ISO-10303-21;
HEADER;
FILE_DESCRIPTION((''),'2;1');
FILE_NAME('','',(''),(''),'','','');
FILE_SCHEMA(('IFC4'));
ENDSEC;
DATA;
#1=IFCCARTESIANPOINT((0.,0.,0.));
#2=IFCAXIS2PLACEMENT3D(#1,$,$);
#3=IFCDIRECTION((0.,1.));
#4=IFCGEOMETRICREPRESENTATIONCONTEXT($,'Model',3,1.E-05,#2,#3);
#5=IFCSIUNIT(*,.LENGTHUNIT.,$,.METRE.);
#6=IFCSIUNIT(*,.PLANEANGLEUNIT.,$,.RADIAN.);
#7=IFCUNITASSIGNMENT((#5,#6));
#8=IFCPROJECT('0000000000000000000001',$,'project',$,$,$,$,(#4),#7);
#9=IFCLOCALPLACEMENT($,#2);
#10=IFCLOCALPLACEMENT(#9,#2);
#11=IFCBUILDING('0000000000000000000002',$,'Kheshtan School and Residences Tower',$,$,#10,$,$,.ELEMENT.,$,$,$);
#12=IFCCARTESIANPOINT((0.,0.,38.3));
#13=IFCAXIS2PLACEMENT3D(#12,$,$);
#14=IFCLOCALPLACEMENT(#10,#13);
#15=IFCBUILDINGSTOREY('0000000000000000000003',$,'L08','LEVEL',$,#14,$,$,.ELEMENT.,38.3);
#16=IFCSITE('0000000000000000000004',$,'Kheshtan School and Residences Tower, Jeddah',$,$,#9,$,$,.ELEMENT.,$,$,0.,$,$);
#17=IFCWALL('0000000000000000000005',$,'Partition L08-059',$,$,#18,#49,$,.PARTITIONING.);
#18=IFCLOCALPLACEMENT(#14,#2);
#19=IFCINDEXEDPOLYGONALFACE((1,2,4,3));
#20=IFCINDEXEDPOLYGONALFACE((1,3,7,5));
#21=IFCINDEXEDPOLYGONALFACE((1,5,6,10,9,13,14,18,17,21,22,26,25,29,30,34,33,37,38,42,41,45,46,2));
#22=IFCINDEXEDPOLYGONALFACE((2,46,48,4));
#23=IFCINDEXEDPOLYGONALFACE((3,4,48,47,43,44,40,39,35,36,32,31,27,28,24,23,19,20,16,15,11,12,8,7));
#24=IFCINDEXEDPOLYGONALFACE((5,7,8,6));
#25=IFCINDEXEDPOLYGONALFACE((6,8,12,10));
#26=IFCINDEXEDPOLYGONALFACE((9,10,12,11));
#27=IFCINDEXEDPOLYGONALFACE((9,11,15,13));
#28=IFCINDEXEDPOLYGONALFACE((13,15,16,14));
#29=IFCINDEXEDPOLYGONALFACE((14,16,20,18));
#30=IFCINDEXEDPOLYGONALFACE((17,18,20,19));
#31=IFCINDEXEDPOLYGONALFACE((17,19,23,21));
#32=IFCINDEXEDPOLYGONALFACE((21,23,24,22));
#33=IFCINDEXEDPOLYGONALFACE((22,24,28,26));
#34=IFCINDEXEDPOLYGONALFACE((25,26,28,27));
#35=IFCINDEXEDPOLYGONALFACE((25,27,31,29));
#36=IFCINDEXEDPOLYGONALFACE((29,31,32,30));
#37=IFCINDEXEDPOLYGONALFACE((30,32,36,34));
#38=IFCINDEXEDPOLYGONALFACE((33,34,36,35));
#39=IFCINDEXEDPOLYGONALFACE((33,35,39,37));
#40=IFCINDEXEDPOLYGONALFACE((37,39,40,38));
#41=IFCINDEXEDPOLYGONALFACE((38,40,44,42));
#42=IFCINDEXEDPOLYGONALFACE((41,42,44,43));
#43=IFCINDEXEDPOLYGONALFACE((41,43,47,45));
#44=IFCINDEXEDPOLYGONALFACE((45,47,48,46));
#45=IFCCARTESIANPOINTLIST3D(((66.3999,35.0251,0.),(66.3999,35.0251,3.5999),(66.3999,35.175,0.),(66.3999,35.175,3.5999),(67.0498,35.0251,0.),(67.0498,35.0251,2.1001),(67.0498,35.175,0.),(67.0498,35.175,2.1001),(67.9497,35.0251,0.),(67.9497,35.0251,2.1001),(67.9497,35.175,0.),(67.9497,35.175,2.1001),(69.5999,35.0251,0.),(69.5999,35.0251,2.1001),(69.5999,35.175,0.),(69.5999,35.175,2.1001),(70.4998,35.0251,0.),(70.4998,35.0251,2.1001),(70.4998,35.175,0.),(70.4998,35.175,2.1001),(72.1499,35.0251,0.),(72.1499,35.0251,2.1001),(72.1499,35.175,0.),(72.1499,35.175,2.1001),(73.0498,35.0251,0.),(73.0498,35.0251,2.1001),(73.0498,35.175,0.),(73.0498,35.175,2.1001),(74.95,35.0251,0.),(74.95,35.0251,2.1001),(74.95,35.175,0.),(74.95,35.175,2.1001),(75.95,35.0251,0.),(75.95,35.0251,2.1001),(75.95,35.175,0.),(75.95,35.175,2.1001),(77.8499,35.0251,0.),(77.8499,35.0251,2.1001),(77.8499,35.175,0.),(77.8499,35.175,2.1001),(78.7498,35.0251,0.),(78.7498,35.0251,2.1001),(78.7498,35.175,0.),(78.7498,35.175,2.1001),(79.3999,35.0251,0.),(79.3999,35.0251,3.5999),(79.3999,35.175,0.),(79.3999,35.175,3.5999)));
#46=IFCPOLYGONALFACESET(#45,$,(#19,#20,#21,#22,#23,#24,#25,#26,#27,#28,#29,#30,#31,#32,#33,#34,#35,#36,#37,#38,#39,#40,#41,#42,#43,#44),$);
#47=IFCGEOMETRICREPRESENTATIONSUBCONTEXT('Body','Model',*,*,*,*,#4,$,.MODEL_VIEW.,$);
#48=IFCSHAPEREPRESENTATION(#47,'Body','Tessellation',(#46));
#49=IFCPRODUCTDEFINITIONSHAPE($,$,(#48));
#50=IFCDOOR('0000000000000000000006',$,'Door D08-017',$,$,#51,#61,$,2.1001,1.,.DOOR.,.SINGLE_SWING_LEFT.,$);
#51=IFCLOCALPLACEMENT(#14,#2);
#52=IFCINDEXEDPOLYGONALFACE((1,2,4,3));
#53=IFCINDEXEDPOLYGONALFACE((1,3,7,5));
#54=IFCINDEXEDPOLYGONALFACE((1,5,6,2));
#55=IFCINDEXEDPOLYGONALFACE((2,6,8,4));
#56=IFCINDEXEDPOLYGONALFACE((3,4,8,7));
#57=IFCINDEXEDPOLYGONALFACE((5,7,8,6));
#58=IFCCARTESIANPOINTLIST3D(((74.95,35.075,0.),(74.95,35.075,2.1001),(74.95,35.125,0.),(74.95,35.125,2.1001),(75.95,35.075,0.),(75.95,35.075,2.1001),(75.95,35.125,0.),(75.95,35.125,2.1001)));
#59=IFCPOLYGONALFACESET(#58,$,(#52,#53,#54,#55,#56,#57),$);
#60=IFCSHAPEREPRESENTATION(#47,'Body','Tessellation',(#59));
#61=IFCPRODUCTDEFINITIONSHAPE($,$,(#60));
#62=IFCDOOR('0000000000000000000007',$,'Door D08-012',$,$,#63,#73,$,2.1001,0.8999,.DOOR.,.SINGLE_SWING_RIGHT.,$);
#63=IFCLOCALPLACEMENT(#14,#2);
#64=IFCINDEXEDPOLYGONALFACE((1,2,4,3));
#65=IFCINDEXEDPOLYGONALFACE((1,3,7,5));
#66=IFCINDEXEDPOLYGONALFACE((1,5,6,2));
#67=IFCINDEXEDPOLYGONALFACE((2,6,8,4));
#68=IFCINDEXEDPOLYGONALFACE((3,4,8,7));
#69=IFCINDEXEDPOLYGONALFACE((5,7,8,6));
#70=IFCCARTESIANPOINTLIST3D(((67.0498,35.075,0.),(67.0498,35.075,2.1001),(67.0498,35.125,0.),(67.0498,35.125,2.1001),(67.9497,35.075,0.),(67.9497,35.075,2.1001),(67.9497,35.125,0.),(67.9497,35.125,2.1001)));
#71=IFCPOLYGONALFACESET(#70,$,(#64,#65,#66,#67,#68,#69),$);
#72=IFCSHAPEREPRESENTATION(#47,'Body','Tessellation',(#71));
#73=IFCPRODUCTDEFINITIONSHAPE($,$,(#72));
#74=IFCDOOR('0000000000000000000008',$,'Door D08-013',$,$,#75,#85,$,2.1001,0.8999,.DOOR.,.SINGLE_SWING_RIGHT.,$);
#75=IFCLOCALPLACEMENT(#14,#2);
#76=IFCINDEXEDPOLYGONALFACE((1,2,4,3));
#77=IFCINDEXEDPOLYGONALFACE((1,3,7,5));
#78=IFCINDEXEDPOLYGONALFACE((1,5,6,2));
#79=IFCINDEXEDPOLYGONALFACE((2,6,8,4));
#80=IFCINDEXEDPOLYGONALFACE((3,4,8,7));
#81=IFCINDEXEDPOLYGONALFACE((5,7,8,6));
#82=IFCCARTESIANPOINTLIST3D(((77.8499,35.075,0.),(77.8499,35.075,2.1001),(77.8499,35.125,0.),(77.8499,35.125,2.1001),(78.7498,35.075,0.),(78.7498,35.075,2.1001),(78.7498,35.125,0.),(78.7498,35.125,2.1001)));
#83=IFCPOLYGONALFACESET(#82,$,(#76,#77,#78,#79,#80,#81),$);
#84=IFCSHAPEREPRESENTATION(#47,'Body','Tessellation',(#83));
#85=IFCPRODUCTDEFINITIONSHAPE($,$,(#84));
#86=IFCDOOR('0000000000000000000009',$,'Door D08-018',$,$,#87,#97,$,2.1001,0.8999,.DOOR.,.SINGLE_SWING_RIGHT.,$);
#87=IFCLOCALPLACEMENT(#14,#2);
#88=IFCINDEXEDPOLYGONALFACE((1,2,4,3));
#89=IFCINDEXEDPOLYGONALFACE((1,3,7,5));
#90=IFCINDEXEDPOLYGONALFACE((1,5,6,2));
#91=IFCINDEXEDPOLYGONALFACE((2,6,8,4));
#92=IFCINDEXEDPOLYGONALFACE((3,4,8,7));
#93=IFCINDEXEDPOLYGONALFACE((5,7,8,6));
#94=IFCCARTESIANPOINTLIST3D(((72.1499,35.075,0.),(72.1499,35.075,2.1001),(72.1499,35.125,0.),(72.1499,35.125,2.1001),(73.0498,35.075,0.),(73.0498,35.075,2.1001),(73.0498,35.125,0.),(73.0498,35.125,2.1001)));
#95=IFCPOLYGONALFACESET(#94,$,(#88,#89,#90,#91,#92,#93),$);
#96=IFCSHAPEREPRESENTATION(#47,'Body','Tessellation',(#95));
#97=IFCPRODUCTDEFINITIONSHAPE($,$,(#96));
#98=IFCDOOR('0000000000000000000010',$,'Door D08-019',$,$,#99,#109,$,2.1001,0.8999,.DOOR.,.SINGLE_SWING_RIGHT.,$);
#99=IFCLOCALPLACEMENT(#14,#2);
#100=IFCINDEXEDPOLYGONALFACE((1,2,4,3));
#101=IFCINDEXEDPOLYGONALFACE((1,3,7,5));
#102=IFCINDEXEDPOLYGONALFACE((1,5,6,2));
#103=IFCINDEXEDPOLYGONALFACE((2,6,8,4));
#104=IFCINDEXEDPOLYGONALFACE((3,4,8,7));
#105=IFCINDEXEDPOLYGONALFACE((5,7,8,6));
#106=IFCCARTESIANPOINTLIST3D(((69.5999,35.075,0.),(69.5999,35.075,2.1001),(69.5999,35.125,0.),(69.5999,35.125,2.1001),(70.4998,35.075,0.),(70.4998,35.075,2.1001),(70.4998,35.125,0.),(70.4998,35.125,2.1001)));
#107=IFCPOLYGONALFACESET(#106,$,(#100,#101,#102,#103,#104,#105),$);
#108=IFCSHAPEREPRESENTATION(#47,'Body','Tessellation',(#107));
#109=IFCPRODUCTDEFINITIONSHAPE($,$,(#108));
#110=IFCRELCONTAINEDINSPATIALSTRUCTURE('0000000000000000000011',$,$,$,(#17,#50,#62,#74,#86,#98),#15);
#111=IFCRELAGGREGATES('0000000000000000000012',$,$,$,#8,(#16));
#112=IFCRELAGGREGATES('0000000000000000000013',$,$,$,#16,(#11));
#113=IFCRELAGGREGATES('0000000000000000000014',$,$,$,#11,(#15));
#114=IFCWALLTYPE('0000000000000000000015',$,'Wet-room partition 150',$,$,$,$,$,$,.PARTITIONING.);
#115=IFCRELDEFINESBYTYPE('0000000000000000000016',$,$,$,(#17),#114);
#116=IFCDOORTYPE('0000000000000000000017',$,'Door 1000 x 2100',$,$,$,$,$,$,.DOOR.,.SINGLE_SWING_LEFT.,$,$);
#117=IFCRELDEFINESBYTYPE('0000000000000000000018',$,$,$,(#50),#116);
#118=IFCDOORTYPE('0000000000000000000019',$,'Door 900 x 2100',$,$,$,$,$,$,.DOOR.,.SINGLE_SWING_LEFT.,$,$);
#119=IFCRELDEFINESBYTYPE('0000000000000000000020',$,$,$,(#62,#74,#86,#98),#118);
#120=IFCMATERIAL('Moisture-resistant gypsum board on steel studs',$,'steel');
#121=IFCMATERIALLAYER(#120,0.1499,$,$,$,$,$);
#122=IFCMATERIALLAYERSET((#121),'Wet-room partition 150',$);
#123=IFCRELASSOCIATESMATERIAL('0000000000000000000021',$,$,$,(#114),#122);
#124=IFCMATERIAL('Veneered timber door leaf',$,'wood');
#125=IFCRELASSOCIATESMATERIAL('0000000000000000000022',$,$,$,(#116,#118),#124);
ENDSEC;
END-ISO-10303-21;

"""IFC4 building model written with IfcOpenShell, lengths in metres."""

from ifc_helpers import new_model, si_unit, direction, frame, frame_2d, origin, place, context, subcontext, project, spatial, rectangle, extrude, source, transform, mapped, material, layer, layer_set, type_object, element, fill, save


model = new_model("IFC4")

# Units and contexts
model_context = context("Model", 3, precision=1e-05, world=origin(), true_north=direction((0.0, 1.0)))
body_context = subcontext(model_context, "Body", "Model", "MODEL_VIEW")
ifc_project = project(units=[si_unit("LENGTHUNIT", "METRE"), si_unit("PLANEANGLEUNIT", "RADIAN")], contexts=[model_context])

# Site, building, storey
site_placement = place(None, origin())
site = spatial("IfcSite", under=ifc_project, at=site_placement, Name="Kheshtan School and Residences Tower, Jeddah", CompositionType="ELEMENT", RefElevation=0.0)
building_placement = place(site_placement, origin())
building = spatial("IfcBuilding", under=site, at=building_placement, Name="Kheshtan School and Residences Tower", CompositionType="ELEMENT")
storey_placement = place(building_placement, frame((0.0, 0.0, 38.3)))
storey = spatial("IfcBuildingStorey", under=building, at=storey_placement, Name="L08", Description="LEVEL", CompositionType="ELEMENT", Elevation=38.3)

# Wall, openings, doors
ifc_material_1 = material(Name="Moisture-resistant gypsum board on steel studs", Category="steel")
ifc_layer_1 = layer(ifc_material_1, 0.1499)
ifc_layer_set_1 = layer_set([ifc_layer_1], Name="Wet-room partition 150")
wall_type_1 = type_object("IfcWallType", Name="Wet-room partition 150", PredefinedType="PARTITIONING", material=ifc_layer_set_1)
wall_1_placement = place(storey_placement, frame((66.3999, 35.1001, 0.0), z_axis=(0.0, 0.0, 1.0), x_axis=(1.0, 0.0, 0.0)))
wall_1 = element("IfcWall", 1, at=wall_1_placement, inside=storey, type_object=wall_type_1, Name="Partition L08-059", PredefinedType="PARTITIONING", context=body_context, shape_type="SweptSolid", body=[
    extrude(rectangle(XDim=13.0, YDim=0.1499, at=frame_2d((6.5, 0.0))), origin(), (0.0, 0.0, 1.0), 3.5999),
])
opening_1_placement = place(wall_1_placement, frame((0.6499, 0.0, 0.0)))
opening_1 = element("IfcOpeningElement", 2, at=opening_1_placement, cuts=wall_1, PredefinedType="OPENING", context=body_context, shape_type="SweptSolid", body=[
    extrude(rectangle(XDim=0.8999, YDim=2.1001, at=frame_2d((0.45, 1.05))), frame((0.0, 0.085, 0.0), z_axis=(0.0, -1.0, 0.0), x_axis=(1.0, 0.0, 0.0)), (0.0, 0.0, 1.0), 0.1699),
])
opening_2_placement = place(wall_1_placement, frame((11.45, 0.0, 0.0)))
opening_2 = element("IfcOpeningElement", 3, at=opening_2_placement, cuts=wall_1, PredefinedType="OPENING", context=body_context, shape_type="SweptSolid", body=[
    extrude(rectangle(XDim=0.8999, YDim=2.1001, at=frame_2d((0.45, 1.05))), frame((0.0, 0.085, 0.0), z_axis=(0.0, -1.0, 0.0), x_axis=(1.0, 0.0, 0.0)), (0.0, 0.0, 1.0), 0.1699),
])
opening_3_placement = place(wall_1_placement, frame((8.55, 0.0, 0.0)))
opening_3 = element("IfcOpeningElement", 4, at=opening_3_placement, cuts=wall_1, PredefinedType="OPENING", context=body_context, shape_type="SweptSolid", body=[
    extrude(rectangle(XDim=1.0, YDim=2.1001, at=frame_2d((0.5, 1.05))), frame((0.0, 0.085, 0.0), z_axis=(0.0, -1.0, 0.0), x_axis=(1.0, 0.0, 0.0)), (0.0, 0.0, 1.0), 0.1699),
])
opening_4_placement = place(wall_1_placement, frame((5.75, 0.0, 0.0)))
opening_4 = element("IfcOpeningElement", 5, at=opening_4_placement, cuts=wall_1, PredefinedType="OPENING", context=body_context, shape_type="SweptSolid", body=[
    extrude(rectangle(XDim=0.8999, YDim=2.1001, at=frame_2d((0.45, 1.05))), frame((0.0, 0.085, 0.0), z_axis=(0.0, -1.0, 0.0), x_axis=(1.0, 0.0, 0.0)), (0.0, 0.0, 1.0), 0.1699),
])
opening_5_placement = place(wall_1_placement, frame((3.2, 0.0, 0.0)))
opening_5 = element("IfcOpeningElement", 6, at=opening_5_placement, cuts=wall_1, PredefinedType="OPENING", context=body_context, shape_type="SweptSolid", body=[
    extrude(rectangle(XDim=0.8999, YDim=2.1001, at=frame_2d((0.45, 1.05))), frame((0.0, 0.085, 0.0), z_axis=(0.0, -1.0, 0.0), x_axis=(1.0, 0.0, 0.0)), (0.0, 0.0, 1.0), 0.1699),
])
ifc_material_2 = material(Name="Veneered timber door leaf", Category="wood")
door_type_1 = type_object("IfcDoorType", Name="Door 1000 x 2100", OperationType="SINGLE_SWING_LEFT", PredefinedType="DOOR", material=ifc_material_2)
shared_shape_1 = source(origin(), body_context, "Body", "SweptSolid", [
    extrude(rectangle(XDim=1.0, YDim=2.1001, at=frame_2d((0.5, 1.05))), frame((0.0, 0.0249, 0.0), z_axis=(0.0, -1.0, 0.0), x_axis=(1.0, 0.0, 0.0)), (0.0, 0.0, 1.0), 0.05),
])
door_1_placement = place(opening_3_placement, origin())
door_1 = element("IfcDoor", 7, at=door_1_placement, inside=storey, type_object=door_type_1, Name="Door D08-017", OperationType="SINGLE_SWING_LEFT", OverallHeight=2.1001, OverallWidth=1.0, PredefinedType="DOOR", context=body_context, shape_type="MappedRepresentation", body=[
    mapped(shared_shape_1, transform((0.0, 0.0, 0.0), x_axis=(1.0, 0.0, 0.0), y_axis=(0.0, 1.0, 0.0), z_axis=(0.0, 0.0, 1.0), scale=1.0)),
])
fill(opening_3, door_1)
door_type_2 = type_object("IfcDoorType", Name="Door 900 x 2100", OperationType="SINGLE_SWING_LEFT", PredefinedType="DOOR", material=ifc_material_2)
shared_shape_2 = source(origin(), body_context, "Body", "SweptSolid", [
    extrude(rectangle(XDim=0.8999, YDim=2.1001, at=frame_2d((0.45, 1.05))), frame((0.0, 0.0249, 0.0), z_axis=(0.0, -1.0, 0.0), x_axis=(1.0, 0.0, 0.0)), (0.0, 0.0, 1.0), 0.05),
])
door_2_placement = place(opening_1_placement, origin())
door_2 = element("IfcDoor", 8, at=door_2_placement, inside=storey, type_object=door_type_2, Name="Door D08-012", OperationType="SINGLE_SWING_RIGHT", OverallHeight=2.1001, OverallWidth=0.8999, PredefinedType="DOOR", context=body_context, shape_type="MappedRepresentation", body=[
    mapped(shared_shape_2, transform((0.0, 0.0, 0.0), x_axis=(1.0, 0.0, 0.0), y_axis=(0.0, 1.0, 0.0), z_axis=(0.0, 0.0, 1.0), scale=1.0)),
])
fill(opening_1, door_2)
door_3_placement = place(opening_2_placement, origin())
door_3 = element("IfcDoor", 9, at=door_3_placement, inside=storey, type_object=door_type_2, Name="Door D08-013", OperationType="SINGLE_SWING_RIGHT", OverallHeight=2.1001, OverallWidth=0.8999, PredefinedType="DOOR", context=body_context, shape_type="MappedRepresentation", body=[
    mapped(shared_shape_2, transform((0.0, 0.0, 0.0), x_axis=(1.0, 0.0, 0.0), y_axis=(0.0, 1.0, 0.0), z_axis=(0.0, 0.0, 1.0), scale=1.0)),
])
fill(opening_2, door_3)
door_4_placement = place(opening_4_placement, origin())
door_4 = element("IfcDoor", 10, at=door_4_placement, inside=storey, type_object=door_type_2, Name="Door D08-018", OperationType="SINGLE_SWING_RIGHT", OverallHeight=2.1001, OverallWidth=0.8999, PredefinedType="DOOR", context=body_context, shape_type="MappedRepresentation", body=[
    mapped(shared_shape_2, transform((0.0, 0.0, 0.0), x_axis=(1.0, 0.0, 0.0), y_axis=(0.0, 1.0, 0.0), z_axis=(0.0, 0.0, 1.0), scale=1.0)),
])
fill(opening_4, door_4)
door_5_placement = place(opening_5_placement, origin())
door_5 = element("IfcDoor", 11, at=door_5_placement, inside=storey, type_object=door_type_2, Name="Door D08-019", OperationType="SINGLE_SWING_RIGHT", OverallHeight=2.1001, OverallWidth=0.8999, PredefinedType="DOOR", context=body_context, shape_type="MappedRepresentation", body=[
    mapped(shared_shape_2, transform((0.0, 0.0, 0.0), x_axis=(1.0, 0.0, 0.0), y_axis=(0.0, 1.0, 0.0), z_axis=(0.0, 0.0, 1.0), scale=1.0)),
])
fill(opening_5, door_5)

save(model, "model.ifc")
